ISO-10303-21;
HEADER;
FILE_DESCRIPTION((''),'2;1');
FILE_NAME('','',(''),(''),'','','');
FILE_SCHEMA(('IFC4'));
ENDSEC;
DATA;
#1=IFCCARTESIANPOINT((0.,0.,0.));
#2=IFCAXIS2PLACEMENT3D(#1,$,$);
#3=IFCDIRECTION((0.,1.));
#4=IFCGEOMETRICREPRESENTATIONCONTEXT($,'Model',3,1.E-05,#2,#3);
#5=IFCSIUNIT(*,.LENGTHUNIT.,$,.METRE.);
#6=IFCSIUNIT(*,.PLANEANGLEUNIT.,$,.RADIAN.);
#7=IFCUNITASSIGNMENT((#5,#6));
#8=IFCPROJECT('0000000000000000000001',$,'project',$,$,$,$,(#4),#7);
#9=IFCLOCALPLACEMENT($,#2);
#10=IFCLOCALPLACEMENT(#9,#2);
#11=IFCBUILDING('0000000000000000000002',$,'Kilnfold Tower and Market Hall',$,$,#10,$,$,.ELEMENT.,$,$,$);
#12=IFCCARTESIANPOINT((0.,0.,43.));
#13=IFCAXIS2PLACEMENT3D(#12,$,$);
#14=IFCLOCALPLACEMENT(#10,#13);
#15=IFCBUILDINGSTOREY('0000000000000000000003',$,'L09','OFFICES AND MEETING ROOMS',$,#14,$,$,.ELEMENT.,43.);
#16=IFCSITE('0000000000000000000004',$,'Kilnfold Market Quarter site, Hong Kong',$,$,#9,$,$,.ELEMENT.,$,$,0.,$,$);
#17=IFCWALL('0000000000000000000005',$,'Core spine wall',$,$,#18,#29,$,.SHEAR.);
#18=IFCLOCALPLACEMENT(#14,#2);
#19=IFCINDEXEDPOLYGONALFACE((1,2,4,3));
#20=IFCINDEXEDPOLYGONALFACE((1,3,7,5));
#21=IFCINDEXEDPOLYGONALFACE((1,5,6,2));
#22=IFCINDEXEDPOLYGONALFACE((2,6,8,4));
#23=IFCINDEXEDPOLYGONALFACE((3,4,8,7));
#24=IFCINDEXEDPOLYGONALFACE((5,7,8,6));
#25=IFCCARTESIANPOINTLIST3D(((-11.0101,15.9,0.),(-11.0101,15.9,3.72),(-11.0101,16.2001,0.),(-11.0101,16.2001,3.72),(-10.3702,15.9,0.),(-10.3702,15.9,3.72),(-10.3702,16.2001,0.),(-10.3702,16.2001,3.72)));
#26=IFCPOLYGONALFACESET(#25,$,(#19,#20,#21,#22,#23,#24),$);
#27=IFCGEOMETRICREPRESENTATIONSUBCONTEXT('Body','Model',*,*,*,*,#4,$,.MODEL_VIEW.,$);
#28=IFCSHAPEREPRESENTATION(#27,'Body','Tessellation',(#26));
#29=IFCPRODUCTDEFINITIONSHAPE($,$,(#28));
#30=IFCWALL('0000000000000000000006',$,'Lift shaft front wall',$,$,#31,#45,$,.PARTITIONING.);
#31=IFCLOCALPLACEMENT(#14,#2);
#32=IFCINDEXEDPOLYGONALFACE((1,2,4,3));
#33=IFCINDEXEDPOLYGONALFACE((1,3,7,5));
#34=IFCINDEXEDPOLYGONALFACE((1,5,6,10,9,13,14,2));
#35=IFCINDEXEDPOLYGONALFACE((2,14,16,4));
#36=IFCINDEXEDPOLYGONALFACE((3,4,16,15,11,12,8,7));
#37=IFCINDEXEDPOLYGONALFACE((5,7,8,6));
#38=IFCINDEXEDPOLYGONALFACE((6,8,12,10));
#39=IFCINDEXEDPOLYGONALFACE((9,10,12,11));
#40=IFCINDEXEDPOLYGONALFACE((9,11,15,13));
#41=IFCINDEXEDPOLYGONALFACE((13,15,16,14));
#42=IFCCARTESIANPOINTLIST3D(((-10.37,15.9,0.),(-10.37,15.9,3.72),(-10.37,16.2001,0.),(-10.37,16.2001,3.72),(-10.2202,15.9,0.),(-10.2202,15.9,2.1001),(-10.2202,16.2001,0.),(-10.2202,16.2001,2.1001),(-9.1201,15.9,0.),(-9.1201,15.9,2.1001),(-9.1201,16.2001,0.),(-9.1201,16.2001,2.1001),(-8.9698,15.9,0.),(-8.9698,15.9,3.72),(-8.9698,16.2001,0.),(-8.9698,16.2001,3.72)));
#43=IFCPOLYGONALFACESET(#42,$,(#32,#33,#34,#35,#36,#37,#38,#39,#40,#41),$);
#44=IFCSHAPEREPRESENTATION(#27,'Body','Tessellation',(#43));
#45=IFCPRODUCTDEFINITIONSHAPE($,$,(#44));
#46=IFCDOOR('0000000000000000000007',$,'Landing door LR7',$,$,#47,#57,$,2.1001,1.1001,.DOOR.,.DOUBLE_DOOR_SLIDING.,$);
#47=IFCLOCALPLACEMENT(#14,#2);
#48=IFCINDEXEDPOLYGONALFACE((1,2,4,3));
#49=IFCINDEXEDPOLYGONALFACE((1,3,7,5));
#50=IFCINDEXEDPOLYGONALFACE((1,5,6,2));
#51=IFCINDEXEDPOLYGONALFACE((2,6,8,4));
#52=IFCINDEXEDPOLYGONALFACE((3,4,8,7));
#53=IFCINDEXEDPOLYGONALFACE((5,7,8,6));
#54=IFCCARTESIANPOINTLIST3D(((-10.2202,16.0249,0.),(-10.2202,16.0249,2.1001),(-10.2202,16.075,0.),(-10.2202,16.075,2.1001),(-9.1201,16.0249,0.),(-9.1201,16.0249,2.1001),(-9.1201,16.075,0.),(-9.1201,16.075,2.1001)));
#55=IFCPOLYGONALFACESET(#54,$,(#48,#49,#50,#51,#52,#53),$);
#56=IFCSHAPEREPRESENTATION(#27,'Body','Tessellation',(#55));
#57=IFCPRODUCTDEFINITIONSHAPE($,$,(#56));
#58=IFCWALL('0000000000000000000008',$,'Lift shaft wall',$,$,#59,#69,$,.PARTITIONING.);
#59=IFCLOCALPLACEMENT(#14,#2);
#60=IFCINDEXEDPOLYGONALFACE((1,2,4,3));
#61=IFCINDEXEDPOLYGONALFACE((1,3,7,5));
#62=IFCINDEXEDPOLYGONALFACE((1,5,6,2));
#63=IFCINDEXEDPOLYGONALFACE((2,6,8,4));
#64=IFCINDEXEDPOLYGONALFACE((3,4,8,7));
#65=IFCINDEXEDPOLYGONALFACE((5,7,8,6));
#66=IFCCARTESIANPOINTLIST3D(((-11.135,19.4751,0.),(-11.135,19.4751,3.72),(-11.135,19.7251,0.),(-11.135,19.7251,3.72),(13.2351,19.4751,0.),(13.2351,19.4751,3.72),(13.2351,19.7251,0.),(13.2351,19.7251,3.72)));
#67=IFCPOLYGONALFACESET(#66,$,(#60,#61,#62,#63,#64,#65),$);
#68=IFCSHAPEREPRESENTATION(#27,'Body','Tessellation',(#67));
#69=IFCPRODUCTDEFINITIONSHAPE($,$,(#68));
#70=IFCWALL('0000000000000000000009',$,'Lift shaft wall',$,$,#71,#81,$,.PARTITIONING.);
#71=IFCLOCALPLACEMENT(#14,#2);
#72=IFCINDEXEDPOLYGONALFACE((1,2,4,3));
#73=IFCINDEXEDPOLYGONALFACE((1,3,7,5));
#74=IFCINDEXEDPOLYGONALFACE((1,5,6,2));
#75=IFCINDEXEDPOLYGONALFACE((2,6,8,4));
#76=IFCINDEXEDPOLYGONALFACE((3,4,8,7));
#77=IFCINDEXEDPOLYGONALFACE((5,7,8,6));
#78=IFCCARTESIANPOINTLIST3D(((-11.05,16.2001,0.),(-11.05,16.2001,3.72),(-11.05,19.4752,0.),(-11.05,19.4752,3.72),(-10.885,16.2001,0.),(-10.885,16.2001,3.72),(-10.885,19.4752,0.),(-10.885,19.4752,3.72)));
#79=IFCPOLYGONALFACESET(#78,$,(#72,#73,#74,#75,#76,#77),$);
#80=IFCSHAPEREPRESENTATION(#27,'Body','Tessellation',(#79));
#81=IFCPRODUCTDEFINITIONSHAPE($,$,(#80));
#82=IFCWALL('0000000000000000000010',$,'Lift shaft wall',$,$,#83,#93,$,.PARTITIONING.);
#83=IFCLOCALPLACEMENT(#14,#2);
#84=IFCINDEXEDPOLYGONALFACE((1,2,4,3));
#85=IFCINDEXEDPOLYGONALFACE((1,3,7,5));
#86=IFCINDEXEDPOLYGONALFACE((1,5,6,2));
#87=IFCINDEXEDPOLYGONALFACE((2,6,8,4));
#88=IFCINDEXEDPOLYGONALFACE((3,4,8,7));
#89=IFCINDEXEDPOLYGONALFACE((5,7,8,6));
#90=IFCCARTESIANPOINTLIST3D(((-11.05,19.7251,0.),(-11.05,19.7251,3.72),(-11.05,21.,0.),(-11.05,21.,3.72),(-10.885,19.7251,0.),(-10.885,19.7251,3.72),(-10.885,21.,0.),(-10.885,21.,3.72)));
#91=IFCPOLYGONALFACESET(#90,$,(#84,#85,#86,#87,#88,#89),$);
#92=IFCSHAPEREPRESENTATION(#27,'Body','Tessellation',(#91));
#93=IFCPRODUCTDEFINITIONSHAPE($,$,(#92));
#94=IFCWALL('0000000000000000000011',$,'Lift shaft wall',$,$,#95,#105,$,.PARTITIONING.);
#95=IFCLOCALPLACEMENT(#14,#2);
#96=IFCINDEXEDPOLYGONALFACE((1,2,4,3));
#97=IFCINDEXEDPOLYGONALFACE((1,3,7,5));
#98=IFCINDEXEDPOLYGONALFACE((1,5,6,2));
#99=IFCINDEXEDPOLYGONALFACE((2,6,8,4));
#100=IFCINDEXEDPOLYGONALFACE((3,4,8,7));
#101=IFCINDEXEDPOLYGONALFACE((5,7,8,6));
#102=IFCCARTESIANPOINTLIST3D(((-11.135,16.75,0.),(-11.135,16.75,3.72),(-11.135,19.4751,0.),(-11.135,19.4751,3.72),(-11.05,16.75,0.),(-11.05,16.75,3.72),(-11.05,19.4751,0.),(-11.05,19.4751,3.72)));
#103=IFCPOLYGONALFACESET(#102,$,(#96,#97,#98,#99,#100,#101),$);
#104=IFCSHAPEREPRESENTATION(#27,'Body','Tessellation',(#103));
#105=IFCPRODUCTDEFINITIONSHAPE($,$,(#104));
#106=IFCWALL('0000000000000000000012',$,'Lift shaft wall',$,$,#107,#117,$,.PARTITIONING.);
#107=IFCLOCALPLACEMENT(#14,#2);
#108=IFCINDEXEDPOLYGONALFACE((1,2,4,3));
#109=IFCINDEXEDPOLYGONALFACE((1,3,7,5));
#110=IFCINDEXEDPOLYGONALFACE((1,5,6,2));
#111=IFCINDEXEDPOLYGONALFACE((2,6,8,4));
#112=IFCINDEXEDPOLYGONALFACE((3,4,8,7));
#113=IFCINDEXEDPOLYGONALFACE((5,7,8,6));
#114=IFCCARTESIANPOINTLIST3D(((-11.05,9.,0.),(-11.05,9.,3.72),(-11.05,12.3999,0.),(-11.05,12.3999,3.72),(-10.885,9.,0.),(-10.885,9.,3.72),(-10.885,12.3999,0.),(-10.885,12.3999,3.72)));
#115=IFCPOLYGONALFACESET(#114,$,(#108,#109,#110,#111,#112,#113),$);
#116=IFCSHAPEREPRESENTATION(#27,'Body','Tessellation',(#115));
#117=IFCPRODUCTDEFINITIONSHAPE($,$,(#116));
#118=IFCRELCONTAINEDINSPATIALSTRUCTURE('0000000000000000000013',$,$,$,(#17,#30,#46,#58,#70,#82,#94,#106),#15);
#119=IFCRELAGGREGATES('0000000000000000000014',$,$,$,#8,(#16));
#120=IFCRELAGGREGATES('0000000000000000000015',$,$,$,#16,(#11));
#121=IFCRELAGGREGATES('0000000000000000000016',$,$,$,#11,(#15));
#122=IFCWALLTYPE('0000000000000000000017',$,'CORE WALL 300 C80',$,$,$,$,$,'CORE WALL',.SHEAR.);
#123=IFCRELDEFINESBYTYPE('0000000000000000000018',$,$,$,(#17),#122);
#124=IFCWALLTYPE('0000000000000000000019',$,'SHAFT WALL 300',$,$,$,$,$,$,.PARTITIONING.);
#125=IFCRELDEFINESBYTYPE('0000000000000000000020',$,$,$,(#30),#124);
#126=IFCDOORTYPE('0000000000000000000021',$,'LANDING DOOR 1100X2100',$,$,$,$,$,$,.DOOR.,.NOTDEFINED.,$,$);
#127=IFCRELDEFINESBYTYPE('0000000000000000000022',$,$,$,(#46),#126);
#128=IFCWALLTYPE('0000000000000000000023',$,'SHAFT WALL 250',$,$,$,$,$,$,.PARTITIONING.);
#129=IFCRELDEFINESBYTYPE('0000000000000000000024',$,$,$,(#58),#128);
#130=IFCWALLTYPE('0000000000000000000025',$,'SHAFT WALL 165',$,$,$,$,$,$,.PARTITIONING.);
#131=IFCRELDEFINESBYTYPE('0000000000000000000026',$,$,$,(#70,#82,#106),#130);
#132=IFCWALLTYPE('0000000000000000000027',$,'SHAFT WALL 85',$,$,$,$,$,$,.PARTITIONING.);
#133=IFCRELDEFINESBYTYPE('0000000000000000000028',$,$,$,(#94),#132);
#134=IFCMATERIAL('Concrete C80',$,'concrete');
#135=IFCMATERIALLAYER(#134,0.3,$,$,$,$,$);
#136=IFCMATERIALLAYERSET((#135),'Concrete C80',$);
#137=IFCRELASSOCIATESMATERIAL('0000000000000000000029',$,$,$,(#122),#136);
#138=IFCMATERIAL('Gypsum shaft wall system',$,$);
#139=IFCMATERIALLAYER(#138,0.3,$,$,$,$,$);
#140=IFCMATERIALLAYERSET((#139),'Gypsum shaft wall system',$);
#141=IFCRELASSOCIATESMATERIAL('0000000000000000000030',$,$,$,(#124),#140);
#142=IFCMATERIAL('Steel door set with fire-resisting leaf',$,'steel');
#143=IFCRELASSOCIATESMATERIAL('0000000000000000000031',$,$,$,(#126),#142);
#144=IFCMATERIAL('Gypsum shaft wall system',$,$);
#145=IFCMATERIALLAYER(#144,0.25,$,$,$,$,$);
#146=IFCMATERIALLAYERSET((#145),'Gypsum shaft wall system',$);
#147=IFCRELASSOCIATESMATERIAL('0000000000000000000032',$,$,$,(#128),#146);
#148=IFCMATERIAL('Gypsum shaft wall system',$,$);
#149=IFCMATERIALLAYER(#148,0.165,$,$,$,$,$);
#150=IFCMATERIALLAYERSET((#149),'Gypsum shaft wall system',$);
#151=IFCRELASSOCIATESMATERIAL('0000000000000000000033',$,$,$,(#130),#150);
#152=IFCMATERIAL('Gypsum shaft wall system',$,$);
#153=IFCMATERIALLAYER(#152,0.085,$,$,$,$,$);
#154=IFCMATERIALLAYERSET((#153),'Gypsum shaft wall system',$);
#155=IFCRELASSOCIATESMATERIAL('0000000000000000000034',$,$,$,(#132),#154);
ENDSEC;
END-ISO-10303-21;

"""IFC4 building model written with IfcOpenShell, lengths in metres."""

from ifc_helpers import new_model, si_unit, direction, frame, frame_2d, origin, place, context, subcontext, project, spatial, rectangle, extrude, source, transform, mapped, material, layer, layer_set, type_object, element, fill, save


model = new_model("IFC4")

# Units and contexts
model_context = context("Model", 3, precision=1e-05, world=origin(), true_north=direction((0.0, 1.0)))
body_context = subcontext(model_context, "Body", "Model", "MODEL_VIEW")
ifc_project = project(units=[si_unit("LENGTHUNIT", "METRE"), si_unit("PLANEANGLEUNIT", "RADIAN")], contexts=[model_context])

# Site, building, storey
site_placement = place(None, origin())
site = spatial("IfcSite", under=ifc_project, at=site_placement, Name="Kilnfold Market Quarter site, Hong Kong", CompositionType="ELEMENT", RefElevation=0.0)
building_placement = place(site_placement, origin())
building = spatial("IfcBuilding", under=site, at=building_placement, Name="Kilnfold Tower and Market Hall", CompositionType="ELEMENT")
storey_placement = place(building_placement, frame((0.0, 0.0, 43.0)))
storey = spatial("IfcBuildingStorey", under=building, at=storey_placement, Name="L09", Description="OFFICES AND MEETING ROOMS", CompositionType="ELEMENT", Elevation=43.0)

# Wall
ifc_material_1 = material(Name="Concrete C80", Category="concrete")
ifc_layer_1 = layer(ifc_material_1, 0.3)
ifc_layer_set_1 = layer_set([ifc_layer_1], Name="Concrete C80")
wall_type_1 = type_object("IfcWallType", Name="CORE WALL 300 C80", ElementType="CORE WALL", PredefinedType="SHEAR", material=ifc_layer_set_1)
shared_shape_1 = source(origin(), body_context, "Body", "SweptSolid", [
    extrude(rectangle(XDim=0.6399, YDim=0.3, at=frame_2d((0.3198, 0.0))), origin(), (0.0, 0.0, 1.0), 3.72),
])
wall_1_placement = place(storey_placement, frame((-11.01, 16.05, 0.0), z_axis=(0.0, 0.0, 1.0), x_axis=(1.0, 0.0, 0.0)))
element("IfcWall", 1, at=wall_1_placement, inside=storey, type_object=wall_type_1, Name="Core spine wall", PredefinedType="SHEAR", context=body_context, shape_type="MappedRepresentation", body=[
    mapped(shared_shape_1, transform((0.0, 0.0, 0.0))),
])

# Wall, opening, door
ifc_material_2 = material(Name="Gypsum shaft wall system")
ifc_layer_2 = layer(ifc_material_2, 0.3)
ifc_layer_set_2 = layer_set([ifc_layer_2], Name="Gypsum shaft wall system")
wall_type_2 = type_object("IfcWallType", Name="SHAFT WALL 300", PredefinedType="PARTITIONING", material=ifc_layer_set_2)
shared_shape_2 = source(origin(), body_context, "Body", "SweptSolid", [
    extrude(rectangle(XDim=1.4001, YDim=0.3, at=frame_2d((0.7002, 0.0))), origin(), (0.0, 0.0, 1.0), 3.72),
])
wall_2_placement = place(storey_placement, frame((-10.3701, 16.05, 0.0), z_axis=(0.0, 0.0, 1.0), x_axis=(1.0, 0.0, 0.0)))
wall_2 = element("IfcWall", 2, at=wall_2_placement, inside=storey, type_object=wall_type_2, Name="Lift shaft front wall", PredefinedType="PARTITIONING", context=body_context, shape_type="MappedRepresentation", body=[
    mapped(shared_shape_2, transform((0.0, 0.0, 0.0))),
])
opening_1_placement = place(wall_2_placement, frame((0.1499, 0.0, 0.0)))
opening_1 = element("IfcOpeningElement", 3, at=opening_1_placement, cuts=wall_2, PredefinedType="OPENING", context=body_context, shape_type="SweptSolid", body=[
    extrude(rectangle(XDim=1.1001, YDim=2.1001, at=frame_2d((0.55, 1.05))), frame((0.0, 0.1602, 0.0), z_axis=(0.0, -1.0, 0.0), x_axis=(1.0, 0.0, 0.0)), (0.0, 0.0, 1.0), 0.3201),
])
ifc_material_3 = material(Name="Steel door set with fire-resisting leaf", Category="steel")
door_type_1 = type_object("IfcDoorType", Name="LANDING DOOR 1100X2100", OperationType="NOTDEFINED", PredefinedType="DOOR", material=ifc_material_3)
door_1_placement = place(opening_1_placement, origin())
door_1 = element("IfcDoor", 4, at=door_1_placement, inside=storey, type_object=door_type_1, Name="Landing door LR7", OperationType="DOUBLE_DOOR_SLIDING", OverallHeight=2.1001, OverallWidth=1.1001, PredefinedType="DOOR", context=body_context, shape_type="SweptSolid", body=[
    extrude(rectangle(XDim=1.1001, YDim=2.1001, at=frame_2d((0.55, 1.05))), frame((0.0, 0.0249, 0.0), z_axis=(0.0, -1.0, 0.0), x_axis=(1.0, 0.0, 0.0)), (0.0, 0.0, 1.0), 0.05),
])
fill(opening_1, door_1)

# Walls
ifc_material_4 = material(Name="Gypsum shaft wall system")
ifc_layer_3 = layer(ifc_material_4, 0.25)
ifc_layer_set_3 = layer_set([ifc_layer_3], Name="Gypsum shaft wall system")
wall_type_3 = type_object("IfcWallType", Name="SHAFT WALL 250", PredefinedType="PARTITIONING", material=ifc_layer_set_3)
shared_shape_3 = source(origin(), body_context, "Body", "SweptSolid", [
    extrude(rectangle(XDim=24.3701, YDim=0.25, at=frame_2d((12.1851, 0.0))), origin(), (0.0, 0.0, 1.0), 3.72),
])
wall_3_placement = place(storey_placement, frame((-11.135, 19.6001, 0.0), z_axis=(0.0, 0.0, 1.0), x_axis=(1.0, 0.0, 0.0)))
element("IfcWall", 5, at=wall_3_placement, inside=storey, type_object=wall_type_3, Name="Lift shaft wall", PredefinedType="PARTITIONING", context=body_context, shape_type="MappedRepresentation", body=[
    mapped(shared_shape_3, transform((0.0, 0.0, 0.0))),
])
ifc_material_5 = material(Name="Gypsum shaft wall system")
ifc_layer_4 = layer(ifc_material_5, 0.165)
ifc_layer_set_4 = layer_set([ifc_layer_4], Name="Gypsum shaft wall system")
wall_type_4 = type_object("IfcWallType", Name="SHAFT WALL 165", PredefinedType="PARTITIONING", material=ifc_layer_set_4)
shared_shape_4 = source(origin(), body_context, "Body", "SweptSolid", [
    extrude(rectangle(XDim=3.2751, YDim=0.165, at=frame_2d((1.6377, 0.0))), origin(), (0.0, 0.0, 1.0), 3.72),
])
wall_4_placement = place(storey_placement, frame((-10.9675, 16.2, 0.0), z_axis=(0.0, 0.0, 1.0), x_axis=(0.0, 1.0, 0.0)))
element("IfcWall", 6, at=wall_4_placement, inside=storey, type_object=wall_type_4, Name="Lift shaft wall", PredefinedType="PARTITIONING", context=body_context, shape_type="MappedRepresentation", body=[
    mapped(shared_shape_4, transform((0.0, 0.0, 0.0))),
])
shared_shape_5 = source(origin(), body_context, "Body", "SweptSolid", [
    extrude(rectangle(XDim=1.2749, YDim=0.165, at=frame_2d((0.6375, 0.0))), origin(), (0.0, 0.0, 1.0), 3.72),
])
wall_5_placement = place(storey_placement, frame((-10.9675, 19.7251, 0.0), z_axis=(0.0, 0.0, 1.0), x_axis=(0.0, 1.0, 0.0)))
element("IfcWall", 7, at=wall_5_placement, inside=storey, type_object=wall_type_4, Name="Lift shaft wall", PredefinedType="PARTITIONING", context=body_context, shape_type="MappedRepresentation", body=[
    mapped(shared_shape_5, transform((0.0, 0.0, 0.0))),
])
ifc_material_6 = material(Name="Gypsum shaft wall system")
ifc_layer_5 = layer(ifc_material_6, 0.085)
ifc_layer_set_5 = layer_set([ifc_layer_5], Name="Gypsum shaft wall system")
wall_type_5 = type_object("IfcWallType", Name="SHAFT WALL 85", PredefinedType="PARTITIONING", material=ifc_layer_set_5)
shared_shape_6 = source(origin(), body_context, "Body", "SweptSolid", [
    extrude(rectangle(XDim=2.7251, YDim=0.085, at=frame_2d((1.3625, 0.0))), origin(), (0.0, 0.0, 1.0), 3.72),
])
wall_6_placement = place(storey_placement, frame((-11.0925, 16.75, 0.0), z_axis=(0.0, 0.0, 1.0), x_axis=(0.0, 1.0, 0.0)))
element("IfcWall", 8, at=wall_6_placement, inside=storey, type_object=wall_type_5, Name="Lift shaft wall", PredefinedType="PARTITIONING", context=body_context, shape_type="MappedRepresentation", body=[
    mapped(shared_shape_6, transform((0.0, 0.0, 0.0))),
])
shared_shape_7 = source(origin(), body_context, "Body", "SweptSolid", [
    extrude(rectangle(XDim=3.3999, YDim=0.165, at=frame_2d((1.7, 0.0))), origin(), (0.0, 0.0, 1.0), 3.72),
])
wall_7_placement = place(storey_placement, frame((-10.9675, 9.0, 0.0), z_axis=(0.0, 0.0, 1.0), x_axis=(0.0, 1.0, 0.0)))
element("IfcWall", 9, at=wall_7_placement, inside=storey, type_object=wall_type_4, Name="Lift shaft wall", PredefinedType="PARTITIONING", context=body_context, shape_type="MappedRepresentation", body=[
    mapped(shared_shape_7, transform((0.0, 0.0, 0.0))),
])

save(model, "model.ifc")
